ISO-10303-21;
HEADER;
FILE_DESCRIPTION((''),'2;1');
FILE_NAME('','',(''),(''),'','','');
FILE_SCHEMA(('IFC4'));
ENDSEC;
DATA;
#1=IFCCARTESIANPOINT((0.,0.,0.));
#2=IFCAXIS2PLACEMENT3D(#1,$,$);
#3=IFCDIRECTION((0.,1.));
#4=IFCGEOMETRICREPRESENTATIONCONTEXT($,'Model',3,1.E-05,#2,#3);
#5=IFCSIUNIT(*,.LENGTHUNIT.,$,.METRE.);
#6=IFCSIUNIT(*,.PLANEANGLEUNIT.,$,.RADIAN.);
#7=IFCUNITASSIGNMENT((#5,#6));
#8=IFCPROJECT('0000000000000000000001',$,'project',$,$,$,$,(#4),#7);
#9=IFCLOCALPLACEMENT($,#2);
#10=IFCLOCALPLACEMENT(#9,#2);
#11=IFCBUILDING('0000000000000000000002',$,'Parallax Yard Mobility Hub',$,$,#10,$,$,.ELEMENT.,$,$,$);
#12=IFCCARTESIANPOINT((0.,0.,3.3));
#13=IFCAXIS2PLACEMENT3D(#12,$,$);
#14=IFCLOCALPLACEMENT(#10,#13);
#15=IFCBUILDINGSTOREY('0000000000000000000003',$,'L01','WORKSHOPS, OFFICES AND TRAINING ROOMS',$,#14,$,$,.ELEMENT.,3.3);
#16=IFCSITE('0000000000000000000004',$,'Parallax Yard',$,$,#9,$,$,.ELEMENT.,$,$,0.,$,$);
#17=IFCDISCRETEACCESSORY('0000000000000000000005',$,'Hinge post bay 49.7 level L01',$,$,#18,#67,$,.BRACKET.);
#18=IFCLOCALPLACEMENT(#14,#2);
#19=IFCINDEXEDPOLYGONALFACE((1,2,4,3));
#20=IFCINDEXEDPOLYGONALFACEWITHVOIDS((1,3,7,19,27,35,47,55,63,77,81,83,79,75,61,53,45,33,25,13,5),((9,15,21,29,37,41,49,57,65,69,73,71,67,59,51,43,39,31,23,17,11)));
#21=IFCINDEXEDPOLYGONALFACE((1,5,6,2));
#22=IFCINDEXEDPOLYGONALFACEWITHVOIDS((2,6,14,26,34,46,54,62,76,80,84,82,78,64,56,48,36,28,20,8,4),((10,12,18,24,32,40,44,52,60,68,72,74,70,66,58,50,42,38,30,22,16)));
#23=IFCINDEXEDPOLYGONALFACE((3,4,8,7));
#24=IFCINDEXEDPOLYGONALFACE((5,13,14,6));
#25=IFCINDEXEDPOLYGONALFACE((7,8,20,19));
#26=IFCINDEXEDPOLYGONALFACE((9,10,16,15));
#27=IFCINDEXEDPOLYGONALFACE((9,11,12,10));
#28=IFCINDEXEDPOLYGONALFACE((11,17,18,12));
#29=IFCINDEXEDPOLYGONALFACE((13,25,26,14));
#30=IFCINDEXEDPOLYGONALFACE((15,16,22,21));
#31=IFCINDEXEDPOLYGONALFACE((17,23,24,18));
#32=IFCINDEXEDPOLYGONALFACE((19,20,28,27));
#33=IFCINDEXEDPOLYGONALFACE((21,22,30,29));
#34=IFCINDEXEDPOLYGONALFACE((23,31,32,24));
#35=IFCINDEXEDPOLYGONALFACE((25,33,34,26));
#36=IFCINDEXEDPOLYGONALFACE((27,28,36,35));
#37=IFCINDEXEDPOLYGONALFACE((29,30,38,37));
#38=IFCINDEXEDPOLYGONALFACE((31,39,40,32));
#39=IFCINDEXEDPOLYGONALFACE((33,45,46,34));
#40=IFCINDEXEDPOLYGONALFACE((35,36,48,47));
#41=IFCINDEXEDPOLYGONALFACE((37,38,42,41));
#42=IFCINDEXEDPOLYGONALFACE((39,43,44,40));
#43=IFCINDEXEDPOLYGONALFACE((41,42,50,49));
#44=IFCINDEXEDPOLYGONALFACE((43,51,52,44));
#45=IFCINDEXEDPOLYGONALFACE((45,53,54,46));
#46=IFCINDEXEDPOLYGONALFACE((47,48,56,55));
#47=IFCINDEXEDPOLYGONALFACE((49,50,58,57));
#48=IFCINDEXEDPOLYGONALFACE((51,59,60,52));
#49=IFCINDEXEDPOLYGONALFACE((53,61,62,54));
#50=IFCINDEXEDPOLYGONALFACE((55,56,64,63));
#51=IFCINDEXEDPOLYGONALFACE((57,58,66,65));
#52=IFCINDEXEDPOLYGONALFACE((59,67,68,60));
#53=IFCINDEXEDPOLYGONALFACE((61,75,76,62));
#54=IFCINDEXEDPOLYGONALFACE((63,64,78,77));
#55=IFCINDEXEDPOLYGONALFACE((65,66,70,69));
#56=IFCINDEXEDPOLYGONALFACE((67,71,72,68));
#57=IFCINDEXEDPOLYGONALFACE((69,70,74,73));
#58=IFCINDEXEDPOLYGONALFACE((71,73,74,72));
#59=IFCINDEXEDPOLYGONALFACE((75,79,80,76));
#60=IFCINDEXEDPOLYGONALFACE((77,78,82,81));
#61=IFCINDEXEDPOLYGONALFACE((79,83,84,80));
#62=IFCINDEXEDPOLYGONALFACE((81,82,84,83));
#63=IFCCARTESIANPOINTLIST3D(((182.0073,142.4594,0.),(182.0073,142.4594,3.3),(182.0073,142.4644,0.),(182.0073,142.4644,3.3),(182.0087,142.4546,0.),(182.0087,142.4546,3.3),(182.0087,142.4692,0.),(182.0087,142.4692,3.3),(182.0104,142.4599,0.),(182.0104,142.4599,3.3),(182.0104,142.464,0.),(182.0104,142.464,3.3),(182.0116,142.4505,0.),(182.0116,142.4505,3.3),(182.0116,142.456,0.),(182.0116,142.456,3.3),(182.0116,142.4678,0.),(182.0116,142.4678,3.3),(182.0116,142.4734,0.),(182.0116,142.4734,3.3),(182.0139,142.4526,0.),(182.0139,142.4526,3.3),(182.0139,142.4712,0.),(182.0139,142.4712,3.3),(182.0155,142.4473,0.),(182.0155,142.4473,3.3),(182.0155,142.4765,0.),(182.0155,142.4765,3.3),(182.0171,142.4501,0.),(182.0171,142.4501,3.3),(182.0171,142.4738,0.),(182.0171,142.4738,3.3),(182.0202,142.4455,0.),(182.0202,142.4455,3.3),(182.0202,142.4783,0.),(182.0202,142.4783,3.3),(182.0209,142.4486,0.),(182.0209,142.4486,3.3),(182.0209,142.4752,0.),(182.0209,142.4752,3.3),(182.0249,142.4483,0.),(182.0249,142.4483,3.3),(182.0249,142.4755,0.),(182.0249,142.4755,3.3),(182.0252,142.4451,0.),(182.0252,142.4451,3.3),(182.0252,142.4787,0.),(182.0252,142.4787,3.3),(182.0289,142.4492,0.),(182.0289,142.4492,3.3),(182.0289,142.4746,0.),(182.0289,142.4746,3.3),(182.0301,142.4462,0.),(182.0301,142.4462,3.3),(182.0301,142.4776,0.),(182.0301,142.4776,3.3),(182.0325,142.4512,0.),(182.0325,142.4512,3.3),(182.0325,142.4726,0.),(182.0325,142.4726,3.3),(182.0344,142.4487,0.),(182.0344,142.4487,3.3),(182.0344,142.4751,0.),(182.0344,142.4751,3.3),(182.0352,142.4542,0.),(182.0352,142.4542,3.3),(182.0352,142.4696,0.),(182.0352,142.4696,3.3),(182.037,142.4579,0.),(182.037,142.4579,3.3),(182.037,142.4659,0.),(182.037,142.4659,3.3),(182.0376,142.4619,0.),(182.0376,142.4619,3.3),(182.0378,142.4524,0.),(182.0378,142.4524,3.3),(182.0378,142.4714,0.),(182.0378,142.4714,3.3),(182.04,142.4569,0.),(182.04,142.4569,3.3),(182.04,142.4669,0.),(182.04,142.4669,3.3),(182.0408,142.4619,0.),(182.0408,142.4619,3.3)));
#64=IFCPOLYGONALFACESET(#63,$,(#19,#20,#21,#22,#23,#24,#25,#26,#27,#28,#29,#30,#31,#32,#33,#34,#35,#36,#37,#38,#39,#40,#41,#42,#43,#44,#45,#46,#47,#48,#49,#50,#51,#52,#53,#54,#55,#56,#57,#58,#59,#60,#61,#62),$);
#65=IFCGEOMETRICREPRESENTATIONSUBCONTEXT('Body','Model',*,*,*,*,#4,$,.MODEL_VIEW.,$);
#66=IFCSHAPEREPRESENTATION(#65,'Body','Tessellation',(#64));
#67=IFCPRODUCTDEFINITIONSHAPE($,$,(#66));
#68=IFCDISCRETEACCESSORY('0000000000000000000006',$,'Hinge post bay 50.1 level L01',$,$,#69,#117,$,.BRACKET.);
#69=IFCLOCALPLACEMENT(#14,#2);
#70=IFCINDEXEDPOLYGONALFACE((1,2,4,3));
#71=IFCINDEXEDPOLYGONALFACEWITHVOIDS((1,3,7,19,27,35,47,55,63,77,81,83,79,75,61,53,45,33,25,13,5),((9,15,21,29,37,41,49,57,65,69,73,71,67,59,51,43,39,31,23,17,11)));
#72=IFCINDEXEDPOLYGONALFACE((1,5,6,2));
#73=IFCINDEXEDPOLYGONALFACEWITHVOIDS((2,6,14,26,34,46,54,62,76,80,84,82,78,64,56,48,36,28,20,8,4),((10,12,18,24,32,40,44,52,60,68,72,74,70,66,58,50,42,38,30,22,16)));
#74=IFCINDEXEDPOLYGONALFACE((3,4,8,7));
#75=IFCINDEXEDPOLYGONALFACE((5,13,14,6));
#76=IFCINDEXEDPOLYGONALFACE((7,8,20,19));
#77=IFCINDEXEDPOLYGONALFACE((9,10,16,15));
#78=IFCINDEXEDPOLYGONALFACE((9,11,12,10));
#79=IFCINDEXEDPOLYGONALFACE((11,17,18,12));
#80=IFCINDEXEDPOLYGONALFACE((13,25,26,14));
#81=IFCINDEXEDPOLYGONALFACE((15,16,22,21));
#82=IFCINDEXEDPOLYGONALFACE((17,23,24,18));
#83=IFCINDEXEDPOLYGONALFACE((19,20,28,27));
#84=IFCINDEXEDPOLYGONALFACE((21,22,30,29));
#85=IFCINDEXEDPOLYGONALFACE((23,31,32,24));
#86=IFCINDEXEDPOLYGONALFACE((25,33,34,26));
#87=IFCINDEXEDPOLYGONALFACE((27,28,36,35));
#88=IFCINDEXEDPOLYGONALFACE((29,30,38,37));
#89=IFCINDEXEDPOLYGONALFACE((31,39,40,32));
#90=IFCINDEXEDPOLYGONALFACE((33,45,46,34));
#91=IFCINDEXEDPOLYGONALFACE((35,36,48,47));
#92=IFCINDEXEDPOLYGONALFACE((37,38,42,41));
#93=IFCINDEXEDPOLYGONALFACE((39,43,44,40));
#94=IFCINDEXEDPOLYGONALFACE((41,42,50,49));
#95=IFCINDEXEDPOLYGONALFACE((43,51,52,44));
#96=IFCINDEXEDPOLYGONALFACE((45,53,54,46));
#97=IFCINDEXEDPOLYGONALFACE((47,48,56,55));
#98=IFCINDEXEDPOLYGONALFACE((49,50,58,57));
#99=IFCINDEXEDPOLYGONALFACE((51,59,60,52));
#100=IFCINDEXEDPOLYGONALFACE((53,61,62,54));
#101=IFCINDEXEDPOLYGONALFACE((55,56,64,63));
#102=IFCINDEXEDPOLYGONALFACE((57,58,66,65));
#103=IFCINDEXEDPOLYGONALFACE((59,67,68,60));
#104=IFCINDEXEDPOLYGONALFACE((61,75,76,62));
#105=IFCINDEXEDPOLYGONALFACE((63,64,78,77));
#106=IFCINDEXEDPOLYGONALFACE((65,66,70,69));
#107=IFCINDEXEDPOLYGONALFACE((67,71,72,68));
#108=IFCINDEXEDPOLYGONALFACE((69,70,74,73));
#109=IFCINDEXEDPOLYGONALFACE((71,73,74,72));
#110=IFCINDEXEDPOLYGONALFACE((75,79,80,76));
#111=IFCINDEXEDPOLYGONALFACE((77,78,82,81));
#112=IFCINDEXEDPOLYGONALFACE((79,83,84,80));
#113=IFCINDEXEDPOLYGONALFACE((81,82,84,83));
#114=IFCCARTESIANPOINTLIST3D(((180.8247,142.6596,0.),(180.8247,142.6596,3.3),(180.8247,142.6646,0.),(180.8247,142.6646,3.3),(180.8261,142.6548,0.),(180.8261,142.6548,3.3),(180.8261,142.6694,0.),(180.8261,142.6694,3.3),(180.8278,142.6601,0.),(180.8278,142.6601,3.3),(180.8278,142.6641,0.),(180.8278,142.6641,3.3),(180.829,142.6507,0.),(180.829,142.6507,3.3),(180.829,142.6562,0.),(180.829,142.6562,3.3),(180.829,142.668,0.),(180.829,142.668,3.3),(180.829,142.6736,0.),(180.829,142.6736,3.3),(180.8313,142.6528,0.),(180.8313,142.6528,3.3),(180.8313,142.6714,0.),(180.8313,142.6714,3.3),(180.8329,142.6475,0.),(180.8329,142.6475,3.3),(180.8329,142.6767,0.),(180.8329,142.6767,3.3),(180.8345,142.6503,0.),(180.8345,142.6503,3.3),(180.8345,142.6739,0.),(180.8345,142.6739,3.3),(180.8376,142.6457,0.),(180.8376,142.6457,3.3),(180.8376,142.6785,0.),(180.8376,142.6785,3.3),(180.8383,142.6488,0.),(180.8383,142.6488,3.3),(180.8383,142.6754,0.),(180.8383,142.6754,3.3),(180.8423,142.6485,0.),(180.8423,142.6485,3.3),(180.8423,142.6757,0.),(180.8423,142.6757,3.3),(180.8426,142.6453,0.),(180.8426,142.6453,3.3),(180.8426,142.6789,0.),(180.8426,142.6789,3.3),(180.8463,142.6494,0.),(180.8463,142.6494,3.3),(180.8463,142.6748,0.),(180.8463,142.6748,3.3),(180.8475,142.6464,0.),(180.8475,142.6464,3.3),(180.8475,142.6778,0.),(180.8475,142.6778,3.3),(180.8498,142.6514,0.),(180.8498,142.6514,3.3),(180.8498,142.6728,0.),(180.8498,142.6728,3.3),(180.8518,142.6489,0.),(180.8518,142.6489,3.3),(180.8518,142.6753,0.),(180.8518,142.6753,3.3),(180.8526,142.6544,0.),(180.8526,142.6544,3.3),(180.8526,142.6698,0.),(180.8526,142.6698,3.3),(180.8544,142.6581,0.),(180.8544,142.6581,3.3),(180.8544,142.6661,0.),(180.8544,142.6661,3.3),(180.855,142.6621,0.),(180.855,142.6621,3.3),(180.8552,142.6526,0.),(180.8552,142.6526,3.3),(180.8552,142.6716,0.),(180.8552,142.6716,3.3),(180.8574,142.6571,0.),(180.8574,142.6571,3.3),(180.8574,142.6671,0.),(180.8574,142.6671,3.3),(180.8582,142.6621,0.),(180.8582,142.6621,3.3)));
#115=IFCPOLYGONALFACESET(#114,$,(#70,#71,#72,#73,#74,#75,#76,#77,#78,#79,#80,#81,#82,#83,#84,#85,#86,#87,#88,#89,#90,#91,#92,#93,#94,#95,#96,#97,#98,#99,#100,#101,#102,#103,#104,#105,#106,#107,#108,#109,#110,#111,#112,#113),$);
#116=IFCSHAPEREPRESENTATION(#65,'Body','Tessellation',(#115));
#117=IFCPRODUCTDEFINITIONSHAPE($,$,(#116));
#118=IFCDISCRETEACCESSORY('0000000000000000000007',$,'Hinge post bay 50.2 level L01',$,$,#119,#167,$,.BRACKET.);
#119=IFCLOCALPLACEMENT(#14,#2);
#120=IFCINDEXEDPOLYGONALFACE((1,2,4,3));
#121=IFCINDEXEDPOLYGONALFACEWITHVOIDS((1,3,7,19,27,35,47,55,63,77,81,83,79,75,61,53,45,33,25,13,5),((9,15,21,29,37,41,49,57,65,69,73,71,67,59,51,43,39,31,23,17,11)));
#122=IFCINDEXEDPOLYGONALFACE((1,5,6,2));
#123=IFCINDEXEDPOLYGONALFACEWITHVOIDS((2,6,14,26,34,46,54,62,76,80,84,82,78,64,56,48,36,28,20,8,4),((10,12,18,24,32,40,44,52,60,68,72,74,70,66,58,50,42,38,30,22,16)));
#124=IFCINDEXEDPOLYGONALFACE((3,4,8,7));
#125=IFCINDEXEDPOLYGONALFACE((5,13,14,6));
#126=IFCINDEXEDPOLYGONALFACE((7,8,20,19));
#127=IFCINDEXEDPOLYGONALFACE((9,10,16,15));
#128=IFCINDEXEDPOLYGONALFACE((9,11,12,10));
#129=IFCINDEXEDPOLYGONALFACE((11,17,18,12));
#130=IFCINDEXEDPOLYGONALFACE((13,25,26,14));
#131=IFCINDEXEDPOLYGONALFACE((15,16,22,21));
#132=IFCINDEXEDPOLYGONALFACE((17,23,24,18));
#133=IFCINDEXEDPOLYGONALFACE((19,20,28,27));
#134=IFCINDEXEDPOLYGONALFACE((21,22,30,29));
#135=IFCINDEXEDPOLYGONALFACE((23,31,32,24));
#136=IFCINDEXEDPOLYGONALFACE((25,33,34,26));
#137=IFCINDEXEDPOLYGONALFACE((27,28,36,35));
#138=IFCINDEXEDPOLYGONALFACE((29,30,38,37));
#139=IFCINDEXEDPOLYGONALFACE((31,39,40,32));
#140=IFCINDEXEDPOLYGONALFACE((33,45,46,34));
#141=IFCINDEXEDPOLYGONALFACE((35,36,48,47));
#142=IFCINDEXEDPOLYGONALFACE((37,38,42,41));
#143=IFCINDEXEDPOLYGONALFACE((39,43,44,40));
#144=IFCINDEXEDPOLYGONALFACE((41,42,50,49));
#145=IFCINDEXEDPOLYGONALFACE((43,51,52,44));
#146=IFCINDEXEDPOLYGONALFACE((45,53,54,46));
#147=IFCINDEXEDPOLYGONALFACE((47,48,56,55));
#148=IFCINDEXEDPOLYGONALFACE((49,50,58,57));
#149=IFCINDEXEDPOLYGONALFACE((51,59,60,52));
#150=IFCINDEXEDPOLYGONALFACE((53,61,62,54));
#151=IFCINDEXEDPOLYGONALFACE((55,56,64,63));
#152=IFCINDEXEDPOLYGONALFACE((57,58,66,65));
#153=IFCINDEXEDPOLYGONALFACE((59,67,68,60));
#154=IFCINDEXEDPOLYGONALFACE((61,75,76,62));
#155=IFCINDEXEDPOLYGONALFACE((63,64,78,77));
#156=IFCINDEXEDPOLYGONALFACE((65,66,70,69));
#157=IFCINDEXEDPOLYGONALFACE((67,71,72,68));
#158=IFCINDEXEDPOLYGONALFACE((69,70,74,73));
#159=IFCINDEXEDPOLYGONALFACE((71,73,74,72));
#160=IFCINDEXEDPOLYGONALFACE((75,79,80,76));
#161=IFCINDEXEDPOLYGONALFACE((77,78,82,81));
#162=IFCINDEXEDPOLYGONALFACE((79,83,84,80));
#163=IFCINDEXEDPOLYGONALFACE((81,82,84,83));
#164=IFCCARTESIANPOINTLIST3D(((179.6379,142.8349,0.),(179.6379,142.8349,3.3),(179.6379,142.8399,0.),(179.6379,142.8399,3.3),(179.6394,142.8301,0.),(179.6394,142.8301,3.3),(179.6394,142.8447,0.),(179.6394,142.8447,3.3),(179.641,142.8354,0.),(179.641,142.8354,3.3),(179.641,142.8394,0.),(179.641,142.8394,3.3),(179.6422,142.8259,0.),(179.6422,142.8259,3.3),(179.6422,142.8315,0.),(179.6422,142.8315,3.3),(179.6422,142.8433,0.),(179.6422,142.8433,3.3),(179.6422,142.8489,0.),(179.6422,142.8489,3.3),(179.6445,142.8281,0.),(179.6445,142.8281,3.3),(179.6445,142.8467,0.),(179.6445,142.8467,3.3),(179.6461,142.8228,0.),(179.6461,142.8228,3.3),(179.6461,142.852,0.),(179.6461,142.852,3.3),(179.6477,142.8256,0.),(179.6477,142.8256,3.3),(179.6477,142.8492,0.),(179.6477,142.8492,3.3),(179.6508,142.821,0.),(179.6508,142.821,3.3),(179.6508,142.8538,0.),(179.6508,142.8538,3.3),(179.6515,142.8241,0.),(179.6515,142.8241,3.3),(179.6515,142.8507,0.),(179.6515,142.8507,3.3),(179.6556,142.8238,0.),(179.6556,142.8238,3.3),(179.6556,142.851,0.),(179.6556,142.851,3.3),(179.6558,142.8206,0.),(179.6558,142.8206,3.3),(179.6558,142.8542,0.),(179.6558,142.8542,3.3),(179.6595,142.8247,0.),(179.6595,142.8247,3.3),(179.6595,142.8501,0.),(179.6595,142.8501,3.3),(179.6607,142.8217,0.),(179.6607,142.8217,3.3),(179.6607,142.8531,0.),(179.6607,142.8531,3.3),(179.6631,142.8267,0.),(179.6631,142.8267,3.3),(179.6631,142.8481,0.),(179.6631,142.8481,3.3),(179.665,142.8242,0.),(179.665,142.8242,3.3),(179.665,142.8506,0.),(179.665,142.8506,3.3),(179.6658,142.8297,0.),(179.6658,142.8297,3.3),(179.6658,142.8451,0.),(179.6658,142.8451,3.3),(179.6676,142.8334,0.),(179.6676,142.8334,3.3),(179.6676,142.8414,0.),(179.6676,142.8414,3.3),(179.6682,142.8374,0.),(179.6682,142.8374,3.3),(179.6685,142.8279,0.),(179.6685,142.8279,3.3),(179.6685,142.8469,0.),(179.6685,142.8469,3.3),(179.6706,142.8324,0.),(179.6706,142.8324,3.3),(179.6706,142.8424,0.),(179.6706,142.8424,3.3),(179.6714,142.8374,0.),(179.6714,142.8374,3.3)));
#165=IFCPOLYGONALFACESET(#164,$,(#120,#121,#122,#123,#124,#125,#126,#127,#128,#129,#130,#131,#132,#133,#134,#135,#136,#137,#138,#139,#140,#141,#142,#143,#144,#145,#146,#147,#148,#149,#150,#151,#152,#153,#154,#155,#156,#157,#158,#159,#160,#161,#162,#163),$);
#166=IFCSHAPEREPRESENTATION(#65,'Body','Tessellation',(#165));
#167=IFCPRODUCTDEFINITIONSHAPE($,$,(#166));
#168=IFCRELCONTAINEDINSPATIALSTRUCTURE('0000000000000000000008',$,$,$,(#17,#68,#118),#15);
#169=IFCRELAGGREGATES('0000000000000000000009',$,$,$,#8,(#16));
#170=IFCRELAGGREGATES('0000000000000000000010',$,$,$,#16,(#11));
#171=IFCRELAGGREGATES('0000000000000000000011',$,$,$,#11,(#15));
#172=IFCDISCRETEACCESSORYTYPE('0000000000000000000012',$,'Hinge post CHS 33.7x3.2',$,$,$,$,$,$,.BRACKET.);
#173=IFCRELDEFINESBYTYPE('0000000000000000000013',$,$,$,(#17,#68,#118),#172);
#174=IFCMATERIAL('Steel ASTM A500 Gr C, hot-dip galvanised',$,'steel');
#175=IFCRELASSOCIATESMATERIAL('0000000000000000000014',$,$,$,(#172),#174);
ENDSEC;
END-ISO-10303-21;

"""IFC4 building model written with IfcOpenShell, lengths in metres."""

from ifc_helpers import new_model, si_unit, direction, frame, origin, origin_2d, place, context, subcontext, project, spatial, hollow_circle, extrude, material, material_profile, profile_set, type_object, element, save


model = new_model("IFC4")

# Units and contexts
model_context = context("Model", 3, precision=1e-05, world=origin(), true_north=direction((0.0, 1.0)))
body_context = subcontext(model_context, "Body", "Model", "MODEL_VIEW")
ifc_project = project(units=[si_unit("LENGTHUNIT", "METRE"), si_unit("PLANEANGLEUNIT", "RADIAN")], contexts=[model_context])

# Site, building, storey
site_placement = place(None, origin())
site = spatial("IfcSite", under=ifc_project, at=site_placement, Name="Parallax Yard", CompositionType="ELEMENT", RefElevation=0.0)
building_placement = place(site_placement, origin())
building = spatial("IfcBuilding", under=site, at=building_placement, Name="Parallax Yard Mobility Hub", CompositionType="ELEMENT")
storey_placement = place(building_placement, frame((0.0, 0.0, 3.3)))
storey = spatial("IfcBuildingStorey", under=building, at=storey_placement, Name="L01", Description="WORKSHOPS, OFFICES AND TRAINING ROOMS", CompositionType="ELEMENT", Elevation=3.3)

# Discrete accessories
ifc_material_1 = material(Name="Steel ASTM A500 Gr C, hot-dip galvanised", Category="steel")
ifc_material_profile_1 = material_profile(ifc_material_1, hollow_circle(Radius=0.0168, WallThickness=0.0032, at=origin_2d()), Name="CHS 33.7x3.2")
ifc_profile_set_1 = profile_set([ifc_material_profile_1], Name="Steel ASTM A500 Gr C, hot-dip galvanised")
discrete_accessory_type_1 = type_object("IfcDiscreteAccessoryType", Name="Hinge post CHS 33.7x3.2", PredefinedType="BRACKET", material=ifc_profile_set_1)
for number, where, z_axis, x_axis, name in (
    (1, (182.0239, 142.4619, 0.0), (0.0, 0.0, 1.0), (1.0, 0.0, 0.0), "Hinge post bay 49.7 level L01"),
    (2, (180.8413, 142.6621, 0.0), (0.0, 0.0, 1.0), (1.0, 0.0, 0.0), "Hinge post bay 50.1 level L01"),
    (3, (179.6545, 142.8374, 0.0), (0.0, 0.0, 1.0), (1.0, 0.0, 0.0), "Hinge post bay 50.2 level L01"),
):
    element("IfcDiscreteAccessory", number, at=place(storey_placement, frame(where, z_axis=z_axis, x_axis=x_axis)), inside=storey, type_object=discrete_accessory_type_1, Name=name, PredefinedType="BRACKET", context=body_context, shape_type="SweptSolid", body=[
        extrude(hollow_circle(Radius=0.0168, WallThickness=0.0032, at=origin_2d()), origin(), (0.0, 0.0, 1.0), 3.3),
    ])

save(model, "model.ifc")
